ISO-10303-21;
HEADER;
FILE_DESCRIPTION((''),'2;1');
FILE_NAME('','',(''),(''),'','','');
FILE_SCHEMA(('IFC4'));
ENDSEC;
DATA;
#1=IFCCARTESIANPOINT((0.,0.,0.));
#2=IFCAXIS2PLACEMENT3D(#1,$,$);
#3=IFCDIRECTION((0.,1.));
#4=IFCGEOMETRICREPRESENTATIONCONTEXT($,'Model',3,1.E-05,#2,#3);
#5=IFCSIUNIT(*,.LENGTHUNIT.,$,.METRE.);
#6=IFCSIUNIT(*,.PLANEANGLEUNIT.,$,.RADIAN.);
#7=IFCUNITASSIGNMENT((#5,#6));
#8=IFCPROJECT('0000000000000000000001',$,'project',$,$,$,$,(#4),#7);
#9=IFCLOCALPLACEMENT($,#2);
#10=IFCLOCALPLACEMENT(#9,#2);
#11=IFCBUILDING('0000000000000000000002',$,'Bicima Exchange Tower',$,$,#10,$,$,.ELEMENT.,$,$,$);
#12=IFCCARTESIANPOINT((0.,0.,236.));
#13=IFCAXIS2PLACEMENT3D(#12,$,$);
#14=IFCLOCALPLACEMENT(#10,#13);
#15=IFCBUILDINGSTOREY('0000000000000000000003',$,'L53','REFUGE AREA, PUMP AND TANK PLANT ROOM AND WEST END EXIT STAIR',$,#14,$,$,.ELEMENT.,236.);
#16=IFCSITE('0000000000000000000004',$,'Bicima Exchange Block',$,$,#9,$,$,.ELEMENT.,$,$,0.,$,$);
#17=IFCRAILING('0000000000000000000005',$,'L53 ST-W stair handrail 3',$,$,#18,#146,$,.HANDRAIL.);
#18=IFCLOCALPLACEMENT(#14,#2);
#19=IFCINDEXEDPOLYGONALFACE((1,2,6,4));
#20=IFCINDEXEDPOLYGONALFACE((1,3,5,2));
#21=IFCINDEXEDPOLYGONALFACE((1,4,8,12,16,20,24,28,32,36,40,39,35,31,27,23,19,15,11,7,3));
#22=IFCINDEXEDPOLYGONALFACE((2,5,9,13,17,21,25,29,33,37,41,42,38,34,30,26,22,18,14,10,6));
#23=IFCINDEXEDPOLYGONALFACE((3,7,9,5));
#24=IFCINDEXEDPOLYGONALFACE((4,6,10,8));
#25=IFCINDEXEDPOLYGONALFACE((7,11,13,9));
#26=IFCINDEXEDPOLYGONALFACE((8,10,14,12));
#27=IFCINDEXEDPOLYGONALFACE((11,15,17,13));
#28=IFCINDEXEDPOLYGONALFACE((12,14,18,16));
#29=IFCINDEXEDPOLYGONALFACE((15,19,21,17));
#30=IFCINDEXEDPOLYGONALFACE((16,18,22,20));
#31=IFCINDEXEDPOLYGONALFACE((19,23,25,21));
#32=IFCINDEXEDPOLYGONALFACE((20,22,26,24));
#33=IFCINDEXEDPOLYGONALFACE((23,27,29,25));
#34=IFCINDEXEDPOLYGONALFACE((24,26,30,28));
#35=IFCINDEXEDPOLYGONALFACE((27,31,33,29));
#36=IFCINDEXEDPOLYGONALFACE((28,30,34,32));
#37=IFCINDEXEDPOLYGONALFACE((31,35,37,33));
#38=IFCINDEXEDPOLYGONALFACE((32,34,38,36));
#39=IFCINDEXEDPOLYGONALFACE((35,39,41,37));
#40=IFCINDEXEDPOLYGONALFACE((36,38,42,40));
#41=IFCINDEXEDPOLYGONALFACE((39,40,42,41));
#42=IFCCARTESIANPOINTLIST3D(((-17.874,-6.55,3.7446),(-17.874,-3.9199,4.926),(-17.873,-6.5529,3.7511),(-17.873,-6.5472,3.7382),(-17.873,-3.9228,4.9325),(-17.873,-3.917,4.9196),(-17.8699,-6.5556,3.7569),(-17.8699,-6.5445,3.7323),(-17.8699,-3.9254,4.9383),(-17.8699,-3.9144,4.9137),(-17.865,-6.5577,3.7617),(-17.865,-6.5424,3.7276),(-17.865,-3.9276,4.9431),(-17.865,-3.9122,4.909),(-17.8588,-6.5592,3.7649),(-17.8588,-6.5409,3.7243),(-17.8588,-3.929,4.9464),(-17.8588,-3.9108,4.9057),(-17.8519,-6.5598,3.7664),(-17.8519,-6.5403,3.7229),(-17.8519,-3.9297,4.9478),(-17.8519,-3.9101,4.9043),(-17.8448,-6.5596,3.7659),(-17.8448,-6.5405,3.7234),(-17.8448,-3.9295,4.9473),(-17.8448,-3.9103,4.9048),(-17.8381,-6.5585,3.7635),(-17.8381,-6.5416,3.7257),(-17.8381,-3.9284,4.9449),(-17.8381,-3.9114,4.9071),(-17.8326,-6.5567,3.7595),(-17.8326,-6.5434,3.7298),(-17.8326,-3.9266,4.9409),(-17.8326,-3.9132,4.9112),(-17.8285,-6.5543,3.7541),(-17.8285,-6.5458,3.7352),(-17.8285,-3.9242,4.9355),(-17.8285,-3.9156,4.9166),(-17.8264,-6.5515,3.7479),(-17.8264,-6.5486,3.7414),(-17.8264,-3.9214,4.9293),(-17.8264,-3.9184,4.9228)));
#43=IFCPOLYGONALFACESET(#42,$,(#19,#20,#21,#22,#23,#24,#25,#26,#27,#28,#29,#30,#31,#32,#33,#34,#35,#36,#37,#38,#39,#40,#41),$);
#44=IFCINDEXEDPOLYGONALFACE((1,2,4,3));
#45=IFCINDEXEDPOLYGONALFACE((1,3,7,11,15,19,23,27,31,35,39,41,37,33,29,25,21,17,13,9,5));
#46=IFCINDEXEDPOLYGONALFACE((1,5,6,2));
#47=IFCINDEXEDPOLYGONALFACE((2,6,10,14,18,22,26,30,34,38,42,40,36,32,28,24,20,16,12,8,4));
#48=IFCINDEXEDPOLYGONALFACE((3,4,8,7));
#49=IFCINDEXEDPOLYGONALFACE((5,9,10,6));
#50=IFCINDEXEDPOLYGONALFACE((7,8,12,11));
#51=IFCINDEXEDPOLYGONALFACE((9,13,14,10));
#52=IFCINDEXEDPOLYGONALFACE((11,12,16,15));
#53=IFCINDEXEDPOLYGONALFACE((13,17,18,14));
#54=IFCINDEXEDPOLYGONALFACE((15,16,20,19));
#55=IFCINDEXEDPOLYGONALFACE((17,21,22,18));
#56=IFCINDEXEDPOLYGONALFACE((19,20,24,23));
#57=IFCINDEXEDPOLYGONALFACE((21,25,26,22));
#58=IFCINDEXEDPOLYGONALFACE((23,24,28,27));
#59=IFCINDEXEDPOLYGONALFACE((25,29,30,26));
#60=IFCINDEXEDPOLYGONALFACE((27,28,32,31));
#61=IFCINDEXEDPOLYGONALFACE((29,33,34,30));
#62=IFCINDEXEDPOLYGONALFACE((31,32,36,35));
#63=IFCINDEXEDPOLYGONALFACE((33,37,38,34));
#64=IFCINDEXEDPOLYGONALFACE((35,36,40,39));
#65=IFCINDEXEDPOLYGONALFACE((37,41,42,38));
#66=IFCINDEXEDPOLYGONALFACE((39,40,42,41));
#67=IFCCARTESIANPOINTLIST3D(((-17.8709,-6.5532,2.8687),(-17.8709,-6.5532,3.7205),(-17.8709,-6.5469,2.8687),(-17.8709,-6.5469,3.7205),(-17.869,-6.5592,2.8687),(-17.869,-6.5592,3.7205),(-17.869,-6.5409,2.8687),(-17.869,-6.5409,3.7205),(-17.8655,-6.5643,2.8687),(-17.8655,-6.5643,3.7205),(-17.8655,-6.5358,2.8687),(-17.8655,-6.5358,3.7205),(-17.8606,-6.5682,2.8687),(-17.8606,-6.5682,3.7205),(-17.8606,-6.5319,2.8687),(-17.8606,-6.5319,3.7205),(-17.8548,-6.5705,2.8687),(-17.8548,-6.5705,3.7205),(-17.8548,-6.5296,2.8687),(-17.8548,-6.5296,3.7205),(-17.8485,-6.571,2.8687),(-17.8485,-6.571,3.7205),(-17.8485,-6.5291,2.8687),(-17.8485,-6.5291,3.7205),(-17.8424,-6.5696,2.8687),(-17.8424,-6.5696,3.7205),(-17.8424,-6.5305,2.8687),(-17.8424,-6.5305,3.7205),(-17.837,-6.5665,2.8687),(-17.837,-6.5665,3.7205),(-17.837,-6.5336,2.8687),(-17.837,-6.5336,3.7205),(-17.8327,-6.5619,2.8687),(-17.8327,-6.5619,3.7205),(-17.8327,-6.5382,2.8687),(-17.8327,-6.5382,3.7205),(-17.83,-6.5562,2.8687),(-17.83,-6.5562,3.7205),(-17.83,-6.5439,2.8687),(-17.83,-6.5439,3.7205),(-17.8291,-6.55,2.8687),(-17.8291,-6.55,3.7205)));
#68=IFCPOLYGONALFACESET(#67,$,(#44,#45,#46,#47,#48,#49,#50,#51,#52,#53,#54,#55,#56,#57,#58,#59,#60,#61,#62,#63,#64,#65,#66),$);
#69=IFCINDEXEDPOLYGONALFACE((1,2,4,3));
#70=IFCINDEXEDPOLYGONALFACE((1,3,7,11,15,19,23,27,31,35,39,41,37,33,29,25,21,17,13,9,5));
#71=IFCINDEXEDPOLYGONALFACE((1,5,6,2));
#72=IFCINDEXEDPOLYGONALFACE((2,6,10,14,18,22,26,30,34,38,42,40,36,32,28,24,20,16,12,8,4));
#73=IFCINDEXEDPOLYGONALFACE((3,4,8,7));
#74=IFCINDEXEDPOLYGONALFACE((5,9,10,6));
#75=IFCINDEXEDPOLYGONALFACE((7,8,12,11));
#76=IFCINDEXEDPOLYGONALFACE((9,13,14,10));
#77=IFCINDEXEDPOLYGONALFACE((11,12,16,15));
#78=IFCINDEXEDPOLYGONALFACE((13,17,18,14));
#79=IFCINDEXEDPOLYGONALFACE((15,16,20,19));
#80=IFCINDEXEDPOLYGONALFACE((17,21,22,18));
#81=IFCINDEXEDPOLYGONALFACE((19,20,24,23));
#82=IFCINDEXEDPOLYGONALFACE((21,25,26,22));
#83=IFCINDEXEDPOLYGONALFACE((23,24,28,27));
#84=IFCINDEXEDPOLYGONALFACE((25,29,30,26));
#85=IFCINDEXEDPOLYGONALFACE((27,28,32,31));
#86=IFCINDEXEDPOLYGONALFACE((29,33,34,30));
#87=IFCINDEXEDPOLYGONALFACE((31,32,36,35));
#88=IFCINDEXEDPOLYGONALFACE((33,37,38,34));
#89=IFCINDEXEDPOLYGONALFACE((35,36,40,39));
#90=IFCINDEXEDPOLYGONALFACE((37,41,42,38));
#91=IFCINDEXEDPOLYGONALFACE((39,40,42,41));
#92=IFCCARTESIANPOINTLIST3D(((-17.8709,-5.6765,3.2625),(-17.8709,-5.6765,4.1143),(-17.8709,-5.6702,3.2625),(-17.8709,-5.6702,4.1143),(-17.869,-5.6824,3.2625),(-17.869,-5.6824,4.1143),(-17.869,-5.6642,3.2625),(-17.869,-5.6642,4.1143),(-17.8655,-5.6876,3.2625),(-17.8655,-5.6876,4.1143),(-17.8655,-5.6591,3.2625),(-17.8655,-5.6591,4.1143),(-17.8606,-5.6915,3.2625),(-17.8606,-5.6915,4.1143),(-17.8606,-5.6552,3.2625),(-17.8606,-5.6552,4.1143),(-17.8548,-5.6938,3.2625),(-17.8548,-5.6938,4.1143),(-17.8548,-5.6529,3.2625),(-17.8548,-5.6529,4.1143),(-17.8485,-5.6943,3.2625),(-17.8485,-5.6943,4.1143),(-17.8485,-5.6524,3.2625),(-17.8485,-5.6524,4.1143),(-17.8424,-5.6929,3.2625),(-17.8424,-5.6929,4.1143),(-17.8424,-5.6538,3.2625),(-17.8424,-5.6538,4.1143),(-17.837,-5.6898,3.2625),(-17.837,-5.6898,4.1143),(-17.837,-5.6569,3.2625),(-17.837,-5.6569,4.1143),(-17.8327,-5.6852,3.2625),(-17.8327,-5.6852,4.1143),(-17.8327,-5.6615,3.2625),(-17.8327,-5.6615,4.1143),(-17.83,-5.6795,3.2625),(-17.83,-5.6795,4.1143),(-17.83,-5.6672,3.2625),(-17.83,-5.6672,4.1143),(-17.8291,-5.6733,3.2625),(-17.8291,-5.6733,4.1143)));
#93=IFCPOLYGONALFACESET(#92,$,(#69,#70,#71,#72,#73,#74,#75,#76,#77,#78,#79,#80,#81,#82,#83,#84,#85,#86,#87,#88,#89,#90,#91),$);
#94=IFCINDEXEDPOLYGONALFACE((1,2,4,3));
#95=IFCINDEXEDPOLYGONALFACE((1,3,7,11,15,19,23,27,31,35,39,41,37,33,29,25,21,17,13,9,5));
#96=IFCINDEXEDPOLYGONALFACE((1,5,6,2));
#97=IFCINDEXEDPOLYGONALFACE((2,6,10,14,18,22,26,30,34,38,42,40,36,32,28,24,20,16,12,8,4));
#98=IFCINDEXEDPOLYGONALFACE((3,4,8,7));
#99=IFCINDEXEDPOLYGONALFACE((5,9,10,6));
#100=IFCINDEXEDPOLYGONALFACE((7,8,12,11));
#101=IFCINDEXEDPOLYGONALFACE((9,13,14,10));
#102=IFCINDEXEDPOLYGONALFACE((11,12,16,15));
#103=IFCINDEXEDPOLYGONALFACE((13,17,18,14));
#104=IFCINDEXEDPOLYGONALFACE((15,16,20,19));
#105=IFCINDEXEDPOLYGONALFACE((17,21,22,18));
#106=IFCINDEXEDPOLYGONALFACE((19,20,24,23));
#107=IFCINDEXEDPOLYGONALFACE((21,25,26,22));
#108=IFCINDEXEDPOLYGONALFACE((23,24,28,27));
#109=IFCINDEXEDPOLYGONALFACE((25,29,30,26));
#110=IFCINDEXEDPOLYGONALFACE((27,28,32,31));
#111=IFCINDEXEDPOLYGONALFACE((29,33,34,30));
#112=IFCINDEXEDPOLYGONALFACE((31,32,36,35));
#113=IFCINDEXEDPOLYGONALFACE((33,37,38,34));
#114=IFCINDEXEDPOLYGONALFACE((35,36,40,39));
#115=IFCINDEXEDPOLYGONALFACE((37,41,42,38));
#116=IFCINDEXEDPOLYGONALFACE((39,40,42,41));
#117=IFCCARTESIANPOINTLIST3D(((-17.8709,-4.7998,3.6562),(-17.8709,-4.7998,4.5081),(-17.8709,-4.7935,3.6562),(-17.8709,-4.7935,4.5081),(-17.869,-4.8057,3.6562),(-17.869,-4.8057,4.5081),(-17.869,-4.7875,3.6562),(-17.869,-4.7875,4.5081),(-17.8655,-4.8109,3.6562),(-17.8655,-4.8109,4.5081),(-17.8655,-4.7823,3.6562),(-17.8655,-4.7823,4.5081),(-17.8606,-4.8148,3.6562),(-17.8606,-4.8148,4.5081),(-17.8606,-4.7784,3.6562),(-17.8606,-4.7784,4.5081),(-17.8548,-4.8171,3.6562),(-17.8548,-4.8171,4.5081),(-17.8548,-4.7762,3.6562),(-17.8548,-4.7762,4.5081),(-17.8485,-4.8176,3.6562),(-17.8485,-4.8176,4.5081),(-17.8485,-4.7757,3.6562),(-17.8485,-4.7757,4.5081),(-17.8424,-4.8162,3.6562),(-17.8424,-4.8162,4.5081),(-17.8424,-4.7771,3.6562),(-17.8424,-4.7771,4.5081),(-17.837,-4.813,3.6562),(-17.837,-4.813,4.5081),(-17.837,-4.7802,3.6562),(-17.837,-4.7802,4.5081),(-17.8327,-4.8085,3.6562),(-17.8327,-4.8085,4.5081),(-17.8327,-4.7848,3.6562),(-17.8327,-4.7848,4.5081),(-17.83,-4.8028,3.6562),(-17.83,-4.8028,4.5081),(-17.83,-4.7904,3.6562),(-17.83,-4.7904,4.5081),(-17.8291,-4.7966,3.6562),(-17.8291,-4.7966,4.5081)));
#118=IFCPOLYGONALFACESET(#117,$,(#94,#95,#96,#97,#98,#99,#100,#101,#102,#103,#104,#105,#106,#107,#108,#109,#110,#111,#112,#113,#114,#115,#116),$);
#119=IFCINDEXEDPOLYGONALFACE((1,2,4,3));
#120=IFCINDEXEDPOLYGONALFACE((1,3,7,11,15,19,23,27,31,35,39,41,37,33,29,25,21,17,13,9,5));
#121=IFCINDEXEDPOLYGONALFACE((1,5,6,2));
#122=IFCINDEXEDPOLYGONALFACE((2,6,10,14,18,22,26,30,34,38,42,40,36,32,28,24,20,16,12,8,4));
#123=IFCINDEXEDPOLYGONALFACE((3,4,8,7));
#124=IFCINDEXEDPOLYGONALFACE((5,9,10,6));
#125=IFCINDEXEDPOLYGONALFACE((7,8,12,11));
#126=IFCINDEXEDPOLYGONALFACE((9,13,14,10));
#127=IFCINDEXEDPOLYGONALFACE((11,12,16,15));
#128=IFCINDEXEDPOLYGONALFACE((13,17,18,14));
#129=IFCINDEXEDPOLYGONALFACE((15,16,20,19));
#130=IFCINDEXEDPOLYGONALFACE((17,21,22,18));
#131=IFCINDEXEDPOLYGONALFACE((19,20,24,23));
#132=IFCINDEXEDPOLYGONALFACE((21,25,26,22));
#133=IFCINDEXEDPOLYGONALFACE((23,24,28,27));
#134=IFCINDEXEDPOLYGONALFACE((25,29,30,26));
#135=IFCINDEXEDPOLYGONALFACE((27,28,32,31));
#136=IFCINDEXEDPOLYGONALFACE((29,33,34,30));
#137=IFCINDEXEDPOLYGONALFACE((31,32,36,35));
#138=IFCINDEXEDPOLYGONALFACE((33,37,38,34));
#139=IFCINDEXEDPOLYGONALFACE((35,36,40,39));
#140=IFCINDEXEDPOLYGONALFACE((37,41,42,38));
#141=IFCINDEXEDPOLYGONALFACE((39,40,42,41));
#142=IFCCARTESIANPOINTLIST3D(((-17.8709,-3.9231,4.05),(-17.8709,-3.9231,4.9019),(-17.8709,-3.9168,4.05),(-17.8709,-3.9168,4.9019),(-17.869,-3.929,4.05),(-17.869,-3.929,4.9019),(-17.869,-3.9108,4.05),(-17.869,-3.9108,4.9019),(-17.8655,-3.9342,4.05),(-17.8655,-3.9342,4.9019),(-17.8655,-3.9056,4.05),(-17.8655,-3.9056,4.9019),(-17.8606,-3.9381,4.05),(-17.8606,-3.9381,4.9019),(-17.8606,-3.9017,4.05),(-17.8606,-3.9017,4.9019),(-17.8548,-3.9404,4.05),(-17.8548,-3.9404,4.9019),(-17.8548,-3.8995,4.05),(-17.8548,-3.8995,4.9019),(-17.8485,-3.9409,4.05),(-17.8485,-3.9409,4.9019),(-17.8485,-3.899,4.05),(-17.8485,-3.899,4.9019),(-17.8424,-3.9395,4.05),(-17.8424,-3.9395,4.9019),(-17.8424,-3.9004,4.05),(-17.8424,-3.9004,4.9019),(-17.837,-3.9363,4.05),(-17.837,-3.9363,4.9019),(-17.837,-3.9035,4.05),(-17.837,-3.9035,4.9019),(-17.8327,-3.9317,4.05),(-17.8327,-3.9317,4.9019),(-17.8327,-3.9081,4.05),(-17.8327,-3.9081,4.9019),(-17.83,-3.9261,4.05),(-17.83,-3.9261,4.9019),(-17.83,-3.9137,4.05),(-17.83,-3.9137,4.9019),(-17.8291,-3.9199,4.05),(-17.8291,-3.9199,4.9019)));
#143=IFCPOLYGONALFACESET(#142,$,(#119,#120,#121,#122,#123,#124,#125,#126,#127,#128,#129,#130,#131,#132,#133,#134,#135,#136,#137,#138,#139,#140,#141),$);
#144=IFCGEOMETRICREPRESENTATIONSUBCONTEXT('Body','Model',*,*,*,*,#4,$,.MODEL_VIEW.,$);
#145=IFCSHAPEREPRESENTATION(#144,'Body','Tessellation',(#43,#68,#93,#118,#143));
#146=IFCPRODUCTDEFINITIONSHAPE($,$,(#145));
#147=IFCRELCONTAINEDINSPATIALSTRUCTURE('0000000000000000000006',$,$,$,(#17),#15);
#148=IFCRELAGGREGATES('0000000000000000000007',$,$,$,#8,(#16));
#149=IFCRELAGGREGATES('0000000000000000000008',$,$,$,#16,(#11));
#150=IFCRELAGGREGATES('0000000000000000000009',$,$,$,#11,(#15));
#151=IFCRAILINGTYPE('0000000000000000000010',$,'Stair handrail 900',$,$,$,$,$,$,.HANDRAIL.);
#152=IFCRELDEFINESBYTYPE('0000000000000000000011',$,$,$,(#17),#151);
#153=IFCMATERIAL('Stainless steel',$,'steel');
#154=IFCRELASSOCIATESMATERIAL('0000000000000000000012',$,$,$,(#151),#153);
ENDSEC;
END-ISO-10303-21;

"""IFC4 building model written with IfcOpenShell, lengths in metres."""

from ifc_helpers import new_model, si_unit, direction, frame, origin, origin_2d, place, context, subcontext, project, spatial, circle, extrude, material, type_object, element, save


model = new_model("IFC4")

# Units and contexts
model_context = context("Model", 3, precision=1e-05, world=origin(), true_north=direction((0.0, 1.0)))
body_context = subcontext(model_context, "Body", "Model", "MODEL_VIEW")
ifc_project = project(units=[si_unit("LENGTHUNIT", "METRE"), si_unit("PLANEANGLEUNIT", "RADIAN")], contexts=[model_context])

# Site, building, storey
site_placement = place(None, origin())
site = spatial("IfcSite", under=ifc_project, at=site_placement, Name="Bicima Exchange Block", CompositionType="ELEMENT", RefElevation=0.0)
building_placement = place(site_placement, origin())
building = spatial("IfcBuilding", under=site, at=building_placement, Name="Bicima Exchange Tower", CompositionType="ELEMENT")
storey_placement = place(building_placement, frame((0.0, 0.0, 236.0)))
storey = spatial("IfcBuildingStorey", under=building, at=storey_placement, Name="L53", Description="REFUGE AREA, PUMP AND TANK PLANT ROOM AND WEST END EXIT STAIR", CompositionType="ELEMENT", Elevation=236.0)

# Shared definitions
ifc_material_1 = material(Name="Stainless steel", Category="steel")

# Railing
railing_type_1 = type_object("IfcRailingType", Name="Stair handrail 900", PredefinedType="HANDRAIL", material=ifc_material_1)
for number, where, name in (
    (1, (-17.8501, -6.55, 2.8687), "L53 ST-W stair handrail 3"),
):
    element("IfcRailing", number, at=place(storey_placement, frame(where)), inside=storey, type_object=railing_type_1, Name=name, PredefinedType="HANDRAIL", context=body_context, shape_type="SweptSolid", body=[
        extrude(circle(Radius=0.0239, at=origin_2d()), frame((0.0, 0.0, 0.876), z_axis=(0.0, 0.912202, 0.409741), x_axis=(-1.0, 0.0, 0.0)), (0.0, 0.0, 1.0), 2.8833),
        extrude(circle(Radius=0.021, at=origin_2d()), origin(), (0.0, 0.0, 1.0), 0.8518),
        extrude(circle(Radius=0.021, at=origin_2d()), frame((0.0, 0.8767, 0.3938)), (0.0, 0.0, 1.0), 0.8518),
        extrude(circle(Radius=0.021, at=origin_2d()), frame((0.0, 1.7534, 0.7876)), (0.0, 0.0, 1.0), 0.8518),
        extrude(circle(Radius=0.021, at=origin_2d()), frame((0.0, 2.6301, 1.1814)), (0.0, 0.0, 1.0), 0.8518),
    ])

save(model, "model.ifc")
